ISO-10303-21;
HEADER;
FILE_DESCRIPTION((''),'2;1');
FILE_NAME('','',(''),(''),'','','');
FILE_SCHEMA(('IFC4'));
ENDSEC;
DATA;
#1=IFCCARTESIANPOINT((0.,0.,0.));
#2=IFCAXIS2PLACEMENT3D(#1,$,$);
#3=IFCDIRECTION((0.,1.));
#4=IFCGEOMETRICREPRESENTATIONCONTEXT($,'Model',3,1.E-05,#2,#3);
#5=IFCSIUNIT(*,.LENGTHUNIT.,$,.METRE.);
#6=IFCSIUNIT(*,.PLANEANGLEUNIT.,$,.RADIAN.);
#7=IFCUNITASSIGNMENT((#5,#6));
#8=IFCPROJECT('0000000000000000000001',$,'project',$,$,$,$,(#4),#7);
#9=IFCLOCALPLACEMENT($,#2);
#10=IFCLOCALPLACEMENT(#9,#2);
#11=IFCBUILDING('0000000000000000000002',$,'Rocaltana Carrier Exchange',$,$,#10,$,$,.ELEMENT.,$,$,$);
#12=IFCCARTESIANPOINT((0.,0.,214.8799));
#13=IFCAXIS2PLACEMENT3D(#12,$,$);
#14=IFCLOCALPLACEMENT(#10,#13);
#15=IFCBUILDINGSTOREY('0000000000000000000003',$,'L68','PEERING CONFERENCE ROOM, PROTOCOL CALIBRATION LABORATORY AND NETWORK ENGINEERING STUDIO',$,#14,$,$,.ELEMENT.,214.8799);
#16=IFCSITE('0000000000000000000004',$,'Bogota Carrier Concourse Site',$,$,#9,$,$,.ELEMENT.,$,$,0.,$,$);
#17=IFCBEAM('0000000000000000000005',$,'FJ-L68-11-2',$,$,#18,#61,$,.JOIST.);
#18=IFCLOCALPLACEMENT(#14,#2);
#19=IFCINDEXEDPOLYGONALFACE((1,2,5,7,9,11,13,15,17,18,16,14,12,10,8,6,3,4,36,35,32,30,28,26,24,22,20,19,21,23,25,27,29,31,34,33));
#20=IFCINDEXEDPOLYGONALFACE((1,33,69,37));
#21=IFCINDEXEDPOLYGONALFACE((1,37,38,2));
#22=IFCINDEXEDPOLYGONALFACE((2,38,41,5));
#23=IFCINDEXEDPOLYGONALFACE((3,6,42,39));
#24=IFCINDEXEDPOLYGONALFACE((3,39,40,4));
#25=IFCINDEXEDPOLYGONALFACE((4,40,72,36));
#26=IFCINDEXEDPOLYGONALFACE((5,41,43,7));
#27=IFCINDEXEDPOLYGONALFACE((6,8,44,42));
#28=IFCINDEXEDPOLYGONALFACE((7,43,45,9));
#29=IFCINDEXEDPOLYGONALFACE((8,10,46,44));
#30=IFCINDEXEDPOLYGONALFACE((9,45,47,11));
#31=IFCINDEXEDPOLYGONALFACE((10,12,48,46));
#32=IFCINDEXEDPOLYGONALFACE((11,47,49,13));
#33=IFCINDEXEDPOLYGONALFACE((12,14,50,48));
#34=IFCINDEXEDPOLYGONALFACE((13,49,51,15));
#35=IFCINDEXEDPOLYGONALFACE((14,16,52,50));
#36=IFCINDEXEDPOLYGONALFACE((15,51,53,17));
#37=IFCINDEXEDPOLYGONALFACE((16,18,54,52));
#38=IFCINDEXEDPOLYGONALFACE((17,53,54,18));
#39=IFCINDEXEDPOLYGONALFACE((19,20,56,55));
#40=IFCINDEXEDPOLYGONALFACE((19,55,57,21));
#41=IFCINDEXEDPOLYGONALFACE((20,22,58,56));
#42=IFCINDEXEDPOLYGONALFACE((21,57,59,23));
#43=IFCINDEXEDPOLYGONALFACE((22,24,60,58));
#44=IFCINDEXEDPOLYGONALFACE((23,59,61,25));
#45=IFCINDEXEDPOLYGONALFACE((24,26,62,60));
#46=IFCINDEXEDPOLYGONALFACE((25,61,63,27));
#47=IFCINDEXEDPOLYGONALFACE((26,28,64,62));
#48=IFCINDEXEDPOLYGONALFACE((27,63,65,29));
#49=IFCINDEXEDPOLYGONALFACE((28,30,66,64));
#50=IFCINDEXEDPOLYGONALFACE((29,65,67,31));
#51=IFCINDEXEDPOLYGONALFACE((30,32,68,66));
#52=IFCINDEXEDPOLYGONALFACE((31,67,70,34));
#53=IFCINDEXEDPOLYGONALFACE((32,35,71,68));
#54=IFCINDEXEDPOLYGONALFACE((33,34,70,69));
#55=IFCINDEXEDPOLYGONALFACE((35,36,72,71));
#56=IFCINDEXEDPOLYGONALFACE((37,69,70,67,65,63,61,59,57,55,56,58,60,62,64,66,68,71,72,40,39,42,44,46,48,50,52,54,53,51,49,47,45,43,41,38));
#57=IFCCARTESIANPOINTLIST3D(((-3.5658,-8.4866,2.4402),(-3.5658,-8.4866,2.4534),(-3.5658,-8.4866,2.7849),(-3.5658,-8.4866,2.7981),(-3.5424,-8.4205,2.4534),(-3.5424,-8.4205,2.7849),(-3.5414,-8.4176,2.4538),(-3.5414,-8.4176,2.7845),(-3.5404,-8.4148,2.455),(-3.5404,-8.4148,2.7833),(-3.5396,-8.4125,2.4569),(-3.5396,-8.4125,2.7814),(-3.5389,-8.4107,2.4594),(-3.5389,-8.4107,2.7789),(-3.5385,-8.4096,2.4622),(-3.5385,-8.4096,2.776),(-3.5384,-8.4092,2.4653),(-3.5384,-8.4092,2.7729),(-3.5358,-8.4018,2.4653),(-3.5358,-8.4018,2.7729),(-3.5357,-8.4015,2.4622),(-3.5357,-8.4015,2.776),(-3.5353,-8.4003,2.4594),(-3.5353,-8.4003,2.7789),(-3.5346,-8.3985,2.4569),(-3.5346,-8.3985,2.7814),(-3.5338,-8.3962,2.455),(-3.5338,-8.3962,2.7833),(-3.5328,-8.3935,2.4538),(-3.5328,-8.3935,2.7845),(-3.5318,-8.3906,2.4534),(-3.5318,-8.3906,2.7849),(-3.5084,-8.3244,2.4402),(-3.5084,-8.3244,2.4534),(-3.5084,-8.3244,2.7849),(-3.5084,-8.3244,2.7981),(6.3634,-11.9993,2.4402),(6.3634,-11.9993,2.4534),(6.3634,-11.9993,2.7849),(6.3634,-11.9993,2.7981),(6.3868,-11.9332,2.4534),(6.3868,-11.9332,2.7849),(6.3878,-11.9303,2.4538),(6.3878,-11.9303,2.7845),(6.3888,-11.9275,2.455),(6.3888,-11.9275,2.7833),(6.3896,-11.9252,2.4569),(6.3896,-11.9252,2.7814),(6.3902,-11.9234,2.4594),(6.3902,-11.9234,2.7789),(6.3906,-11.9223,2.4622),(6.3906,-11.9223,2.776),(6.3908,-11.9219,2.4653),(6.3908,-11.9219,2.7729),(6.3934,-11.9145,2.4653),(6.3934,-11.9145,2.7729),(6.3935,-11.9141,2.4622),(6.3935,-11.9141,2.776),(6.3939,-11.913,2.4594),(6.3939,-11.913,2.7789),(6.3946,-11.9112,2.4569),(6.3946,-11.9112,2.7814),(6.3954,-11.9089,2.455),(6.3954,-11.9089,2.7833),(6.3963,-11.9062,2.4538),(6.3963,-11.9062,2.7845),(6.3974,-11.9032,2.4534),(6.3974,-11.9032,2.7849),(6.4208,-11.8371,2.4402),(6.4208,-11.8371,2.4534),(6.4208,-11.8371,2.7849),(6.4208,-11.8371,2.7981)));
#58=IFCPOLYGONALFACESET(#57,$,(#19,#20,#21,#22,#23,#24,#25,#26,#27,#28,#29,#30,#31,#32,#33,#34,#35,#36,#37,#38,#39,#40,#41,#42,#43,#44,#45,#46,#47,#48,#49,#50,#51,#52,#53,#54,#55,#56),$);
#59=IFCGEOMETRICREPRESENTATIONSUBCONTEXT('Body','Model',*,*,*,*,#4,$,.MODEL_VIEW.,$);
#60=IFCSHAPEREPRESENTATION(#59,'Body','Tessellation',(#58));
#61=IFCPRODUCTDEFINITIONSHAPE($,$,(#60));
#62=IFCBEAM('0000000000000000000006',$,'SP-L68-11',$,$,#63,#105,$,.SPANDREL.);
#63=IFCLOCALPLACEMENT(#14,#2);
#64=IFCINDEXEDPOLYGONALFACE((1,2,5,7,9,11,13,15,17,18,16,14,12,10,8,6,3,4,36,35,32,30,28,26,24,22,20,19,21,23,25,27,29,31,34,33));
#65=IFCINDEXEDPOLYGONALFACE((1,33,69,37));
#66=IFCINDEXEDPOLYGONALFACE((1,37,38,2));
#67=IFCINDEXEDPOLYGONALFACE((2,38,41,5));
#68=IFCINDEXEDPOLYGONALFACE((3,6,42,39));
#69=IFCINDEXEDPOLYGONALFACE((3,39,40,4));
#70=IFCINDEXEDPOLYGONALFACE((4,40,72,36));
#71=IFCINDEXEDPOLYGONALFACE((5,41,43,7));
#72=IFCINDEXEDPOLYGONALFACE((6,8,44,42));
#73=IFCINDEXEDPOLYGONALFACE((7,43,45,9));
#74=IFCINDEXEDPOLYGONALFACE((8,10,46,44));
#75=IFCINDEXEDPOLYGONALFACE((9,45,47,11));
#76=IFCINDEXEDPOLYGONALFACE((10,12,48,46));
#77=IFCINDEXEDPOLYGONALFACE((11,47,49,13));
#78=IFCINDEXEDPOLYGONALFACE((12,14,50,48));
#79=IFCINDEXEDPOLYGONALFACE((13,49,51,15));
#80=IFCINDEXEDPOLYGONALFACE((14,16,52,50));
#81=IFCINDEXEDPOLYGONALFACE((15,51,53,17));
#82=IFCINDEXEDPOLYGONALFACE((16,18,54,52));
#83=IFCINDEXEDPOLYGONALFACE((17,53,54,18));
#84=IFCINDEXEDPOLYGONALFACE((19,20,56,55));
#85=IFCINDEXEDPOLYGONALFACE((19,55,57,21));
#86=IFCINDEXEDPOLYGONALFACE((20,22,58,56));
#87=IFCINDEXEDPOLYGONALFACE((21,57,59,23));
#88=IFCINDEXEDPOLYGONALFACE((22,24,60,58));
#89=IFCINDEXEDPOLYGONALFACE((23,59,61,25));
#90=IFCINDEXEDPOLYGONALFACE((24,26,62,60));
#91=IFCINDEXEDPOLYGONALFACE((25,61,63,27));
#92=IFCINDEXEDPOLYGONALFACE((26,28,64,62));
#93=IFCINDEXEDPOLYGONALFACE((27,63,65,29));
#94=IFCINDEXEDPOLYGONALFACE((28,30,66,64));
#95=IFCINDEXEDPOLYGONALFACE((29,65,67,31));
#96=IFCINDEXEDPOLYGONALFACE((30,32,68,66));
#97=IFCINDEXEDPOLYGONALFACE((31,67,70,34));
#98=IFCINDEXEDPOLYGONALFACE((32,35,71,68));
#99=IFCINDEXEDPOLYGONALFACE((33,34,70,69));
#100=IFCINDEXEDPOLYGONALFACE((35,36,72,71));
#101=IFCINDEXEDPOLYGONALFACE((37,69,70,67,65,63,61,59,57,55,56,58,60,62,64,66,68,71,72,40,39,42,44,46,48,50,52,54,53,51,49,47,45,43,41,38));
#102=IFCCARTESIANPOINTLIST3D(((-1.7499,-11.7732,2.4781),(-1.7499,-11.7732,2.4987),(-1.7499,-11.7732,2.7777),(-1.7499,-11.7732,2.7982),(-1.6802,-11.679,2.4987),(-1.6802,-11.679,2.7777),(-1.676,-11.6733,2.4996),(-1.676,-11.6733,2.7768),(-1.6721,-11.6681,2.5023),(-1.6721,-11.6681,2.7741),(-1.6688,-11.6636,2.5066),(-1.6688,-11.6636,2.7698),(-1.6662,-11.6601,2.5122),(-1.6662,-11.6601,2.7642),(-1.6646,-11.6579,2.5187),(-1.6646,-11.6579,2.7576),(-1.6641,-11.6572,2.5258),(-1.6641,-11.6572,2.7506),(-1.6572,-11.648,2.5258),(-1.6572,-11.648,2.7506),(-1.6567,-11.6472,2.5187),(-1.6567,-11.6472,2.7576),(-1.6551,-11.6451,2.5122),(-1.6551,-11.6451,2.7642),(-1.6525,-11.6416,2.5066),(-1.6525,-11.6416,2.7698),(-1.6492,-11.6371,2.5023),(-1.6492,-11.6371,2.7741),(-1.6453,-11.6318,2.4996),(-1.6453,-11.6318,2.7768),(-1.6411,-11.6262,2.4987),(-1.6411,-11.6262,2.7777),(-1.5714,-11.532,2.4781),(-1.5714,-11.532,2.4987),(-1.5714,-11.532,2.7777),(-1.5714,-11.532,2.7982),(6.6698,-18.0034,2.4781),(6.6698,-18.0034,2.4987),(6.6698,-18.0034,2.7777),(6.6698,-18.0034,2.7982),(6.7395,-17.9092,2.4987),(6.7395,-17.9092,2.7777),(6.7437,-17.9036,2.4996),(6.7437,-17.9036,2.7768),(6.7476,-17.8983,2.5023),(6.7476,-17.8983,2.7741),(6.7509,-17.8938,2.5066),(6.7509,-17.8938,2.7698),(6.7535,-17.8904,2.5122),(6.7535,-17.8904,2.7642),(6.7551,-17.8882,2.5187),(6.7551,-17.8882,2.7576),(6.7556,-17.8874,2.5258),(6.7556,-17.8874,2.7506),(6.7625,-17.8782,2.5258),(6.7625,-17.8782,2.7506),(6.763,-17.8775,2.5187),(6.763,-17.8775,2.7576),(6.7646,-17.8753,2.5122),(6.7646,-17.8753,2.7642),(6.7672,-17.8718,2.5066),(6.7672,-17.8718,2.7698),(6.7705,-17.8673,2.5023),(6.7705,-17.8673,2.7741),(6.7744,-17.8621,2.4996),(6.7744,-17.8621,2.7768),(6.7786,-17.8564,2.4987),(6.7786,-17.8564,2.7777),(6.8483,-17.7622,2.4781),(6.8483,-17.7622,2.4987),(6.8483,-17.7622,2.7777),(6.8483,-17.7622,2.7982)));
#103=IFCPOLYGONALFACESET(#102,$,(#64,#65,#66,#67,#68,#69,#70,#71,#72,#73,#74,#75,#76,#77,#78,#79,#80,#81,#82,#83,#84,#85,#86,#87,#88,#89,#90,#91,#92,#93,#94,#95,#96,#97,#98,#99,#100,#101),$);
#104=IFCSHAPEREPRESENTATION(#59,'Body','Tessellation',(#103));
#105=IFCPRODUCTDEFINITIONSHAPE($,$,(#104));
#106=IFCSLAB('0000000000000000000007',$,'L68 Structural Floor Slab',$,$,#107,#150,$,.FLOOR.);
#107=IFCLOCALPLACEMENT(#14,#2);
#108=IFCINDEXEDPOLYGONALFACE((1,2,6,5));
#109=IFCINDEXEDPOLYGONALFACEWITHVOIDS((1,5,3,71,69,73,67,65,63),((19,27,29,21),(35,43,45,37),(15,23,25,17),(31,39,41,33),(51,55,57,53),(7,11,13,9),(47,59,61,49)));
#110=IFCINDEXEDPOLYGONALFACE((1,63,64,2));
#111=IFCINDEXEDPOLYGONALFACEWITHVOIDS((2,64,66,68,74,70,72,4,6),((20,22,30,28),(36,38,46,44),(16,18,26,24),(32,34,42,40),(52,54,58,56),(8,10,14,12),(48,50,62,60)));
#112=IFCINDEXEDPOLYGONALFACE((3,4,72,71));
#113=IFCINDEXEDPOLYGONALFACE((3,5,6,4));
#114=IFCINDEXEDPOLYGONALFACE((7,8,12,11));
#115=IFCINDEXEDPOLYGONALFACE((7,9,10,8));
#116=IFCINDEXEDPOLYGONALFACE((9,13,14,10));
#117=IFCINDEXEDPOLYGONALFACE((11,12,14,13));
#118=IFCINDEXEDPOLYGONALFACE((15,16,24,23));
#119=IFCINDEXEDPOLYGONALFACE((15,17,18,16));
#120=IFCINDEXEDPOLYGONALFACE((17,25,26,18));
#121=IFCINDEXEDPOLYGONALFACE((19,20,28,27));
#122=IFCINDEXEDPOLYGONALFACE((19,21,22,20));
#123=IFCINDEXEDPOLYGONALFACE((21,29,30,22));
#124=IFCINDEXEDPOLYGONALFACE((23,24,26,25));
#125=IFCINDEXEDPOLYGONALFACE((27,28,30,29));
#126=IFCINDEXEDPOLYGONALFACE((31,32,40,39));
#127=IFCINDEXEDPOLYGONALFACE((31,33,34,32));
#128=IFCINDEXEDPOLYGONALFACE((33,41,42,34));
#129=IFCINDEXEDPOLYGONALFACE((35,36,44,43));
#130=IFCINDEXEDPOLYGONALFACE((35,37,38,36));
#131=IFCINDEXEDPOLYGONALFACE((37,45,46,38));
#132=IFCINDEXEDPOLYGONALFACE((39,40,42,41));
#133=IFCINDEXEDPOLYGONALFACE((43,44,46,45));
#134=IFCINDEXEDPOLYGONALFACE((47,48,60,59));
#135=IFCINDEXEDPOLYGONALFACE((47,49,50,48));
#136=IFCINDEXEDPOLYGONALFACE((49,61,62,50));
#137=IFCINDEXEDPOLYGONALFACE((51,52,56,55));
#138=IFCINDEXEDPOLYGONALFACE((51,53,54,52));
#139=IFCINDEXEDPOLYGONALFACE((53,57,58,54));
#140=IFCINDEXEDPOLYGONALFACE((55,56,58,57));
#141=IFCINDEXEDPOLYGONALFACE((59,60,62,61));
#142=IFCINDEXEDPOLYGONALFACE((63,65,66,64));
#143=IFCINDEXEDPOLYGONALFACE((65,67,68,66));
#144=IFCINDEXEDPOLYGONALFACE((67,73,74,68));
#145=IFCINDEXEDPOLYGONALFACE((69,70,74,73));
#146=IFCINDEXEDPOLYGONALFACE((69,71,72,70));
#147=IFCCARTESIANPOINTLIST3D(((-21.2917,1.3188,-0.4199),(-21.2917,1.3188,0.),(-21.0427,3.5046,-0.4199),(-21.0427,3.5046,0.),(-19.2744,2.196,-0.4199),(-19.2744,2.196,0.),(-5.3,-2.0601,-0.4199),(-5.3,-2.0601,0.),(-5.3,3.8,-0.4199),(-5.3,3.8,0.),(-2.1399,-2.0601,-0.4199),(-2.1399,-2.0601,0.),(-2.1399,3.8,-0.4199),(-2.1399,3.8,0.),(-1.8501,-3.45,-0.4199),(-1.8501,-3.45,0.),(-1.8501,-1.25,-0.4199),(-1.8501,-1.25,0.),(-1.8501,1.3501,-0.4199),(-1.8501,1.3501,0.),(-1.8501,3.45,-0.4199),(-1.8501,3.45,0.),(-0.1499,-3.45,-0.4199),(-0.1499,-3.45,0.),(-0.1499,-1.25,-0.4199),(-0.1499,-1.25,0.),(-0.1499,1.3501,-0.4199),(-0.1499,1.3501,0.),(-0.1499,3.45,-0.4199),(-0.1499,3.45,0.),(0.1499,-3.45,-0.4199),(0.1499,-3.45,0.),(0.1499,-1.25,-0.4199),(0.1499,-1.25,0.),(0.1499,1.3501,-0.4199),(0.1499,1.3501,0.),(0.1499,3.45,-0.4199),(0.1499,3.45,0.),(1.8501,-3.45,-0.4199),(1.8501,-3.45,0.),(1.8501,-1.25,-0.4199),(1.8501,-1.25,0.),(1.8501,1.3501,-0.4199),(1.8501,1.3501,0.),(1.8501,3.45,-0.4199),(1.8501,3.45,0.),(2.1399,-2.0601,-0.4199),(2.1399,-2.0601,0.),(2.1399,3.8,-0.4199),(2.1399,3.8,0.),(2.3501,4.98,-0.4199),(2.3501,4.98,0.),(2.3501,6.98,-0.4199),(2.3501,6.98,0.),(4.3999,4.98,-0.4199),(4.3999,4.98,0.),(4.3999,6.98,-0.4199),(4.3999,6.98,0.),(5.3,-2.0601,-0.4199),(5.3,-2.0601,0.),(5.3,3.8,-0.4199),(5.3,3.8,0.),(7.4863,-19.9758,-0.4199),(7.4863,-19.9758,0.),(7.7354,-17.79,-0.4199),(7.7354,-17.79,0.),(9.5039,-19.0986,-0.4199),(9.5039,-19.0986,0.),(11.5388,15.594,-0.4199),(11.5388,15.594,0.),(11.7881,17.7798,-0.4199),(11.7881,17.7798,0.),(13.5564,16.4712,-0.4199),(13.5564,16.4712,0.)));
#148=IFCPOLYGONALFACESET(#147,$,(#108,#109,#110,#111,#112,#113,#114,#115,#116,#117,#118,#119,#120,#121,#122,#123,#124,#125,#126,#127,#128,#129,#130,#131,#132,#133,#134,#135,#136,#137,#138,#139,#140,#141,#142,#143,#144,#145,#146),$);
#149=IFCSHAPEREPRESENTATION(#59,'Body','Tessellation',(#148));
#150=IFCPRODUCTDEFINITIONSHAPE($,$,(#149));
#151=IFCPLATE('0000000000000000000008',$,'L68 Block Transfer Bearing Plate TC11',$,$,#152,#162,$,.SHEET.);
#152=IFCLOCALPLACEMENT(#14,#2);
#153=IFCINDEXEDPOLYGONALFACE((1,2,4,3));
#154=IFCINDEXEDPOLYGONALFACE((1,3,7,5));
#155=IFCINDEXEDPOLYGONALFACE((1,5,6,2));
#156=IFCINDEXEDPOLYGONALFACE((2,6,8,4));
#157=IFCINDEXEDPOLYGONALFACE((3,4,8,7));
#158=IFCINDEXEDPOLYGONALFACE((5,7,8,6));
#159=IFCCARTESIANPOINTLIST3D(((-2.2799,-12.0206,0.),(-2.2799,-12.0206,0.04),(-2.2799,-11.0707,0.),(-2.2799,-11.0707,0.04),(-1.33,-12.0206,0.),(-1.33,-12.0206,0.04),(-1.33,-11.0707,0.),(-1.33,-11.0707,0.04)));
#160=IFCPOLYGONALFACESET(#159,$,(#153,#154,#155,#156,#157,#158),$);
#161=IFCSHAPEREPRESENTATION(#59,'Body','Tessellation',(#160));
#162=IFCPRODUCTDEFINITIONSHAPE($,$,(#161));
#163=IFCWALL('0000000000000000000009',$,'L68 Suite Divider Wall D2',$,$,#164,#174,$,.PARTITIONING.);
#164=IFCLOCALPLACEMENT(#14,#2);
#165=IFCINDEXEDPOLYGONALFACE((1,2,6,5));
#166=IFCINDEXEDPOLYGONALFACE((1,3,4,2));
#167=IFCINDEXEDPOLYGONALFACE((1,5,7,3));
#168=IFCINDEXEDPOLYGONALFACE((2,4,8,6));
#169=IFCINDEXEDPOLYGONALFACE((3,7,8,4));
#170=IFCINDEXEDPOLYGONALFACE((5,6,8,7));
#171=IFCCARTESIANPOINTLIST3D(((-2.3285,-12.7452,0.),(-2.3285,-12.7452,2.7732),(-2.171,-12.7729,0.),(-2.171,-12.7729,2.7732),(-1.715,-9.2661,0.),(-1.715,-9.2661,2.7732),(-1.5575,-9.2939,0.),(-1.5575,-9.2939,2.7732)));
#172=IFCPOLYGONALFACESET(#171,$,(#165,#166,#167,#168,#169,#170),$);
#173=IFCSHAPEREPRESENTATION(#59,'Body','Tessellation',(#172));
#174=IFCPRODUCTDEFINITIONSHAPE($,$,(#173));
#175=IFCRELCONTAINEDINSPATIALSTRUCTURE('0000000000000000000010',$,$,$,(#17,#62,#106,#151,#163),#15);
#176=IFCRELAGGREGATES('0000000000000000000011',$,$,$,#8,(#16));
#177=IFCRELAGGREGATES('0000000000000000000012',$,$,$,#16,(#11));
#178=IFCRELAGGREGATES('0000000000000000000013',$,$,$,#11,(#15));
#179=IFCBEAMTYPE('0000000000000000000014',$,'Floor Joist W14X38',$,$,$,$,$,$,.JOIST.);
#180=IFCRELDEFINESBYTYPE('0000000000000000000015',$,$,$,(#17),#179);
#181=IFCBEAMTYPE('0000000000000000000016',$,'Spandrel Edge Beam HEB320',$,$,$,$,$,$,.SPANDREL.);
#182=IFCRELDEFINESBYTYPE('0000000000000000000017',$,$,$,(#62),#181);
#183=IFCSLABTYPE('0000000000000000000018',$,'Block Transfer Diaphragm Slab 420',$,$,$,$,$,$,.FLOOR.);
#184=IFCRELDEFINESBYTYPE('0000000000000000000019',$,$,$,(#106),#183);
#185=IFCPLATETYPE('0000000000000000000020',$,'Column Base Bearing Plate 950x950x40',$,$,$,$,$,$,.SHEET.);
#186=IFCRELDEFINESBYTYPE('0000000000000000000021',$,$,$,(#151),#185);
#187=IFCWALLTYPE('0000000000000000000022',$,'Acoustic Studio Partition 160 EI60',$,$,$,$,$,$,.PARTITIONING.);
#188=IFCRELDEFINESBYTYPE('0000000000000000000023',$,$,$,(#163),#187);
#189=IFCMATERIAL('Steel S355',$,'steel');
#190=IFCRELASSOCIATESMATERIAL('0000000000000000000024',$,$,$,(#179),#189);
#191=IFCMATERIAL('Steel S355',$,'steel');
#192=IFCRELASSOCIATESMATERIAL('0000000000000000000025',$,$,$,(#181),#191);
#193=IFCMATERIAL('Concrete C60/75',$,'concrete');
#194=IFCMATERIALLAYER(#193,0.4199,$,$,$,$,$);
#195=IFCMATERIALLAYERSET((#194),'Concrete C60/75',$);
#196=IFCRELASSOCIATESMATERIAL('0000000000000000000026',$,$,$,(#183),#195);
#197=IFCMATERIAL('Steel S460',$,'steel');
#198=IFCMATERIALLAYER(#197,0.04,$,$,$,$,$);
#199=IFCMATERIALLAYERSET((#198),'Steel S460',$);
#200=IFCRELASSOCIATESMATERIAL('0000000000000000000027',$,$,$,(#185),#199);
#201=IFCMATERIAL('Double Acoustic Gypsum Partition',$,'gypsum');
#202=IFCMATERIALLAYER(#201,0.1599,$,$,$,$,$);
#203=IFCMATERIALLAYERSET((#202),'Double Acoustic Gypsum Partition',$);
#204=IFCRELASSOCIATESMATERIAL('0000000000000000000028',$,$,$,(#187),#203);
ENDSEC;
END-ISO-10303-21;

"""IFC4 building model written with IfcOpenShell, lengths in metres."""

from ifc_helpers import new_model, si_unit, direction, frame, frame_2d, origin, origin_2d, place, context, subcontext, project, spatial, polyline, rectangle, i_section, outline, extrude, material, layer, layer_set, material_profile, profile_set, type_object, element, save


model = new_model("IFC4")

# Units and contexts
model_context = context("Model", 3, precision=1e-05, world=origin(), true_north=direction((0.0, 1.0)))
body_context = subcontext(model_context, "Body", "Model", "MODEL_VIEW")
ifc_project = project(units=[si_unit("LENGTHUNIT", "METRE"), si_unit("PLANEANGLEUNIT", "RADIAN")], contexts=[model_context])

# Site, building, storey
site_placement = place(None, origin())
site = spatial("IfcSite", under=ifc_project, at=site_placement, Name="Bogota Carrier Concourse Site", CompositionType="ELEMENT", RefElevation=0.0)
building_placement = place(site_placement, origin())
building = spatial("IfcBuilding", under=site, at=building_placement, Name="Rocaltana Carrier Exchange", CompositionType="ELEMENT")
storey_placement = place(building_placement, frame((0.0, 0.0, 214.8799)))
storey = spatial("IfcBuildingStorey", under=building, at=storey_placement, Name="L68", Description="PEERING CONFERENCE ROOM, PROTOCOL CALIBRATION LABORATORY AND NETWORK ENGINEERING STUDIO", CompositionType="ELEMENT", Elevation=214.8799)

# Beams
ifc_material_1 = material(Name="Steel S355", Category="steel")
ifc_material_profile_1 = material_profile(ifc_material_1, i_section(OverallWidth=0.1721, OverallDepth=0.3579, WebThickness=0.0078, FlangeThickness=0.0132, FilletRadius=0.012, at=origin_2d()), Name="W14X38")
ifc_profile_set_1 = profile_set([ifc_material_profile_1], Name="Steel S355")
beam_type_1 = type_object("IfcBeamType", Name="Floor Joist W14X38", PredefinedType="JOIST", material=ifc_profile_set_1)
beam_1_placement = place(storey_placement, frame((-3.5371, -8.4055, 2.6191), z_axis=(0.942744, -0.333518, 0.0), x_axis=(0.333518, 0.942744, 0.0)))
element("IfcBeam", 1, at=beam_1_placement, inside=storey, type_object=beam_type_1, Name="FJ-L68-11-2", PredefinedType="JOIST", context=body_context, shape_type="SweptSolid", body=[
    extrude(i_section(OverallWidth=0.1721, OverallDepth=0.3579, WebThickness=0.0078, FlangeThickness=0.0132, FilletRadius=0.012, at=origin_2d()), origin(), (0.0, 0.0, 1.0), 10.5322),
])
ifc_material_2 = material(Name="Steel S355", Category="steel")
ifc_material_profile_2 = material_profile(ifc_material_2, i_section(OverallWidth=0.3, OverallDepth=0.3201, WebThickness=0.0115, FlangeThickness=0.0205, FilletRadius=0.0271, at=origin_2d()), Name="HEB320")
ifc_profile_set_2 = profile_set([ifc_material_profile_2], Name="Steel S355")
beam_type_2 = type_object("IfcBeamType", Name="Spandrel Edge Beam HEB320", PredefinedType="SPANDREL", material=ifc_profile_set_2)
beam_2_placement = place(storey_placement, frame((-1.6606, -11.6526, 2.6382), z_axis=(0.803857, -0.594822, 0.0), x_axis=(0.594822, 0.803857, 0.0)))
element("IfcBeam", 2, at=beam_2_placement, inside=storey, type_object=beam_type_2, Name="SP-L68-11", PredefinedType="SPANDREL", context=body_context, shape_type="SweptSolid", body=[
    extrude(i_section(OverallWidth=0.3, OverallDepth=0.3201, WebThickness=0.0115, FlangeThickness=0.0205, FilletRadius=0.0271, at=origin_2d()), origin(), (0.0, 0.0, 1.0), 10.4741),
])

# Slab
ifc_material_3 = material(Name="Concrete C60/75", Category="concrete")
ifc_layer_1 = layer(ifc_material_3, 0.4199)
ifc_layer_set_1 = layer_set([ifc_layer_1], Name="Concrete C60/75")
slab_type = type_object("IfcSlabType", Name="Block Transfer Diaphragm Slab 420", PredefinedType="FLOOR", material=ifc_layer_set_1)
slab_placement = place(storey_placement, frame((0.0, 0.0, -0.4199)))
element("IfcSlab", 3, at=slab_placement, inside=storey, type_object=slab_type, Name="L68 Structural Floor Slab", PredefinedType="FLOOR", context=body_context, shape_type="SweptSolid", body=[
    extrude(outline(polyline([(7.4863, -19.9758), (7.7354, -17.79), (9.5039, -19.0986), (13.5564, 16.4712), (11.5388, 15.594), (11.7881, 17.7798), (-21.0427, 3.5046), (-19.2744, 2.196), (-21.2917, 1.3188), (7.4863, -19.9758)]), holes=[polyline([(-5.3, -2.0601), (-2.1399, -2.0601), (-2.1399, 3.8), (-5.3, 3.8), (-5.3, -2.0601)]), polyline([(2.1399, -2.0601), (5.3, -2.0601), (5.3, 3.8), (2.1399, 3.8), (2.1399, -2.0601)]), polyline([(-1.8501, -3.45), (-0.1499, -3.45), (-0.1499, -1.25), (-1.8501, -1.25), (-1.8501, -3.45)]), polyline([(0.1499, -3.45), (1.8501, -3.45), (1.8501, -1.25), (0.1499, -1.25), (0.1499, -3.45)]), polyline([(2.3501, 4.98), (4.3999, 4.98), (4.3999, 6.98), (2.3501, 6.98), (2.3501, 4.98)]), polyline([(-1.8501, 1.3501), (-0.1499, 1.3501), (-0.1499, 3.45), (-1.8501, 3.45), (-1.8501, 1.3501)]), polyline([(0.1499, 1.3501), (1.8501, 1.3501), (1.8501, 3.45), (0.1499, 3.45), (0.1499, 1.3501)])]), origin(), (0.0, 0.0, 1.0), 0.4199),
])

# Plate
ifc_material_4 = material(Name="Steel S460", Category="steel")
ifc_layer_2 = layer(ifc_material_4, 0.04)
ifc_layer_set_2 = layer_set([ifc_layer_2], Name="Steel S460")
plate_type = type_object("IfcPlateType", Name="Column Base Bearing Plate 950x950x40", PredefinedType="SHEET", material=ifc_layer_set_2)
plate_placement = place(storey_placement, frame((-1.8049, -11.5457, 0.0), z_axis=(0.0, 0.0, 1.0), x_axis=(1.0, 0.0, 0.0)))
element("IfcPlate", 4, at=plate_placement, inside=storey, type_object=plate_type, Name="L68 Block Transfer Bearing Plate TC11", PredefinedType="SHEET", context=body_context, shape_type="SweptSolid", body=[
    extrude(rectangle(XDim=0.95, YDim=0.95, at=origin_2d()), origin(), (0.0, 0.0, 1.0), 0.04),
])

# Wall
ifc_material_5 = material(Name="Double Acoustic Gypsum Partition", Category="gypsum")
ifc_layer_3 = layer(ifc_material_5, 0.1599)
ifc_layer_set_3 = layer_set([ifc_layer_3], Name="Double Acoustic Gypsum Partition")
wall_type_1 = type_object("IfcWallType", Name="Acoustic Studio Partition 160 EI60", PredefinedType="PARTITIONING", material=ifc_layer_set_3)
wall_1_placement = place(storey_placement, frame((-1.6362, -9.28, 0.0), z_axis=(0.0, 0.0, 1.0), x_axis=(-0.173671, -0.984804, 0.0)))
element("IfcWall", 5, at=wall_1_placement, inside=storey, type_object=wall_type_1, Name="L68 Suite Divider Wall D2", PredefinedType="PARTITIONING", context=body_context, shape_type="SweptSolid", body=[
    extrude(rectangle(XDim=3.5327, YDim=0.1599, at=frame_2d((1.7664, 0.0))), origin(), (0.0, 0.0, 1.0), 2.7732),
])

save(model, "model.ifc")
